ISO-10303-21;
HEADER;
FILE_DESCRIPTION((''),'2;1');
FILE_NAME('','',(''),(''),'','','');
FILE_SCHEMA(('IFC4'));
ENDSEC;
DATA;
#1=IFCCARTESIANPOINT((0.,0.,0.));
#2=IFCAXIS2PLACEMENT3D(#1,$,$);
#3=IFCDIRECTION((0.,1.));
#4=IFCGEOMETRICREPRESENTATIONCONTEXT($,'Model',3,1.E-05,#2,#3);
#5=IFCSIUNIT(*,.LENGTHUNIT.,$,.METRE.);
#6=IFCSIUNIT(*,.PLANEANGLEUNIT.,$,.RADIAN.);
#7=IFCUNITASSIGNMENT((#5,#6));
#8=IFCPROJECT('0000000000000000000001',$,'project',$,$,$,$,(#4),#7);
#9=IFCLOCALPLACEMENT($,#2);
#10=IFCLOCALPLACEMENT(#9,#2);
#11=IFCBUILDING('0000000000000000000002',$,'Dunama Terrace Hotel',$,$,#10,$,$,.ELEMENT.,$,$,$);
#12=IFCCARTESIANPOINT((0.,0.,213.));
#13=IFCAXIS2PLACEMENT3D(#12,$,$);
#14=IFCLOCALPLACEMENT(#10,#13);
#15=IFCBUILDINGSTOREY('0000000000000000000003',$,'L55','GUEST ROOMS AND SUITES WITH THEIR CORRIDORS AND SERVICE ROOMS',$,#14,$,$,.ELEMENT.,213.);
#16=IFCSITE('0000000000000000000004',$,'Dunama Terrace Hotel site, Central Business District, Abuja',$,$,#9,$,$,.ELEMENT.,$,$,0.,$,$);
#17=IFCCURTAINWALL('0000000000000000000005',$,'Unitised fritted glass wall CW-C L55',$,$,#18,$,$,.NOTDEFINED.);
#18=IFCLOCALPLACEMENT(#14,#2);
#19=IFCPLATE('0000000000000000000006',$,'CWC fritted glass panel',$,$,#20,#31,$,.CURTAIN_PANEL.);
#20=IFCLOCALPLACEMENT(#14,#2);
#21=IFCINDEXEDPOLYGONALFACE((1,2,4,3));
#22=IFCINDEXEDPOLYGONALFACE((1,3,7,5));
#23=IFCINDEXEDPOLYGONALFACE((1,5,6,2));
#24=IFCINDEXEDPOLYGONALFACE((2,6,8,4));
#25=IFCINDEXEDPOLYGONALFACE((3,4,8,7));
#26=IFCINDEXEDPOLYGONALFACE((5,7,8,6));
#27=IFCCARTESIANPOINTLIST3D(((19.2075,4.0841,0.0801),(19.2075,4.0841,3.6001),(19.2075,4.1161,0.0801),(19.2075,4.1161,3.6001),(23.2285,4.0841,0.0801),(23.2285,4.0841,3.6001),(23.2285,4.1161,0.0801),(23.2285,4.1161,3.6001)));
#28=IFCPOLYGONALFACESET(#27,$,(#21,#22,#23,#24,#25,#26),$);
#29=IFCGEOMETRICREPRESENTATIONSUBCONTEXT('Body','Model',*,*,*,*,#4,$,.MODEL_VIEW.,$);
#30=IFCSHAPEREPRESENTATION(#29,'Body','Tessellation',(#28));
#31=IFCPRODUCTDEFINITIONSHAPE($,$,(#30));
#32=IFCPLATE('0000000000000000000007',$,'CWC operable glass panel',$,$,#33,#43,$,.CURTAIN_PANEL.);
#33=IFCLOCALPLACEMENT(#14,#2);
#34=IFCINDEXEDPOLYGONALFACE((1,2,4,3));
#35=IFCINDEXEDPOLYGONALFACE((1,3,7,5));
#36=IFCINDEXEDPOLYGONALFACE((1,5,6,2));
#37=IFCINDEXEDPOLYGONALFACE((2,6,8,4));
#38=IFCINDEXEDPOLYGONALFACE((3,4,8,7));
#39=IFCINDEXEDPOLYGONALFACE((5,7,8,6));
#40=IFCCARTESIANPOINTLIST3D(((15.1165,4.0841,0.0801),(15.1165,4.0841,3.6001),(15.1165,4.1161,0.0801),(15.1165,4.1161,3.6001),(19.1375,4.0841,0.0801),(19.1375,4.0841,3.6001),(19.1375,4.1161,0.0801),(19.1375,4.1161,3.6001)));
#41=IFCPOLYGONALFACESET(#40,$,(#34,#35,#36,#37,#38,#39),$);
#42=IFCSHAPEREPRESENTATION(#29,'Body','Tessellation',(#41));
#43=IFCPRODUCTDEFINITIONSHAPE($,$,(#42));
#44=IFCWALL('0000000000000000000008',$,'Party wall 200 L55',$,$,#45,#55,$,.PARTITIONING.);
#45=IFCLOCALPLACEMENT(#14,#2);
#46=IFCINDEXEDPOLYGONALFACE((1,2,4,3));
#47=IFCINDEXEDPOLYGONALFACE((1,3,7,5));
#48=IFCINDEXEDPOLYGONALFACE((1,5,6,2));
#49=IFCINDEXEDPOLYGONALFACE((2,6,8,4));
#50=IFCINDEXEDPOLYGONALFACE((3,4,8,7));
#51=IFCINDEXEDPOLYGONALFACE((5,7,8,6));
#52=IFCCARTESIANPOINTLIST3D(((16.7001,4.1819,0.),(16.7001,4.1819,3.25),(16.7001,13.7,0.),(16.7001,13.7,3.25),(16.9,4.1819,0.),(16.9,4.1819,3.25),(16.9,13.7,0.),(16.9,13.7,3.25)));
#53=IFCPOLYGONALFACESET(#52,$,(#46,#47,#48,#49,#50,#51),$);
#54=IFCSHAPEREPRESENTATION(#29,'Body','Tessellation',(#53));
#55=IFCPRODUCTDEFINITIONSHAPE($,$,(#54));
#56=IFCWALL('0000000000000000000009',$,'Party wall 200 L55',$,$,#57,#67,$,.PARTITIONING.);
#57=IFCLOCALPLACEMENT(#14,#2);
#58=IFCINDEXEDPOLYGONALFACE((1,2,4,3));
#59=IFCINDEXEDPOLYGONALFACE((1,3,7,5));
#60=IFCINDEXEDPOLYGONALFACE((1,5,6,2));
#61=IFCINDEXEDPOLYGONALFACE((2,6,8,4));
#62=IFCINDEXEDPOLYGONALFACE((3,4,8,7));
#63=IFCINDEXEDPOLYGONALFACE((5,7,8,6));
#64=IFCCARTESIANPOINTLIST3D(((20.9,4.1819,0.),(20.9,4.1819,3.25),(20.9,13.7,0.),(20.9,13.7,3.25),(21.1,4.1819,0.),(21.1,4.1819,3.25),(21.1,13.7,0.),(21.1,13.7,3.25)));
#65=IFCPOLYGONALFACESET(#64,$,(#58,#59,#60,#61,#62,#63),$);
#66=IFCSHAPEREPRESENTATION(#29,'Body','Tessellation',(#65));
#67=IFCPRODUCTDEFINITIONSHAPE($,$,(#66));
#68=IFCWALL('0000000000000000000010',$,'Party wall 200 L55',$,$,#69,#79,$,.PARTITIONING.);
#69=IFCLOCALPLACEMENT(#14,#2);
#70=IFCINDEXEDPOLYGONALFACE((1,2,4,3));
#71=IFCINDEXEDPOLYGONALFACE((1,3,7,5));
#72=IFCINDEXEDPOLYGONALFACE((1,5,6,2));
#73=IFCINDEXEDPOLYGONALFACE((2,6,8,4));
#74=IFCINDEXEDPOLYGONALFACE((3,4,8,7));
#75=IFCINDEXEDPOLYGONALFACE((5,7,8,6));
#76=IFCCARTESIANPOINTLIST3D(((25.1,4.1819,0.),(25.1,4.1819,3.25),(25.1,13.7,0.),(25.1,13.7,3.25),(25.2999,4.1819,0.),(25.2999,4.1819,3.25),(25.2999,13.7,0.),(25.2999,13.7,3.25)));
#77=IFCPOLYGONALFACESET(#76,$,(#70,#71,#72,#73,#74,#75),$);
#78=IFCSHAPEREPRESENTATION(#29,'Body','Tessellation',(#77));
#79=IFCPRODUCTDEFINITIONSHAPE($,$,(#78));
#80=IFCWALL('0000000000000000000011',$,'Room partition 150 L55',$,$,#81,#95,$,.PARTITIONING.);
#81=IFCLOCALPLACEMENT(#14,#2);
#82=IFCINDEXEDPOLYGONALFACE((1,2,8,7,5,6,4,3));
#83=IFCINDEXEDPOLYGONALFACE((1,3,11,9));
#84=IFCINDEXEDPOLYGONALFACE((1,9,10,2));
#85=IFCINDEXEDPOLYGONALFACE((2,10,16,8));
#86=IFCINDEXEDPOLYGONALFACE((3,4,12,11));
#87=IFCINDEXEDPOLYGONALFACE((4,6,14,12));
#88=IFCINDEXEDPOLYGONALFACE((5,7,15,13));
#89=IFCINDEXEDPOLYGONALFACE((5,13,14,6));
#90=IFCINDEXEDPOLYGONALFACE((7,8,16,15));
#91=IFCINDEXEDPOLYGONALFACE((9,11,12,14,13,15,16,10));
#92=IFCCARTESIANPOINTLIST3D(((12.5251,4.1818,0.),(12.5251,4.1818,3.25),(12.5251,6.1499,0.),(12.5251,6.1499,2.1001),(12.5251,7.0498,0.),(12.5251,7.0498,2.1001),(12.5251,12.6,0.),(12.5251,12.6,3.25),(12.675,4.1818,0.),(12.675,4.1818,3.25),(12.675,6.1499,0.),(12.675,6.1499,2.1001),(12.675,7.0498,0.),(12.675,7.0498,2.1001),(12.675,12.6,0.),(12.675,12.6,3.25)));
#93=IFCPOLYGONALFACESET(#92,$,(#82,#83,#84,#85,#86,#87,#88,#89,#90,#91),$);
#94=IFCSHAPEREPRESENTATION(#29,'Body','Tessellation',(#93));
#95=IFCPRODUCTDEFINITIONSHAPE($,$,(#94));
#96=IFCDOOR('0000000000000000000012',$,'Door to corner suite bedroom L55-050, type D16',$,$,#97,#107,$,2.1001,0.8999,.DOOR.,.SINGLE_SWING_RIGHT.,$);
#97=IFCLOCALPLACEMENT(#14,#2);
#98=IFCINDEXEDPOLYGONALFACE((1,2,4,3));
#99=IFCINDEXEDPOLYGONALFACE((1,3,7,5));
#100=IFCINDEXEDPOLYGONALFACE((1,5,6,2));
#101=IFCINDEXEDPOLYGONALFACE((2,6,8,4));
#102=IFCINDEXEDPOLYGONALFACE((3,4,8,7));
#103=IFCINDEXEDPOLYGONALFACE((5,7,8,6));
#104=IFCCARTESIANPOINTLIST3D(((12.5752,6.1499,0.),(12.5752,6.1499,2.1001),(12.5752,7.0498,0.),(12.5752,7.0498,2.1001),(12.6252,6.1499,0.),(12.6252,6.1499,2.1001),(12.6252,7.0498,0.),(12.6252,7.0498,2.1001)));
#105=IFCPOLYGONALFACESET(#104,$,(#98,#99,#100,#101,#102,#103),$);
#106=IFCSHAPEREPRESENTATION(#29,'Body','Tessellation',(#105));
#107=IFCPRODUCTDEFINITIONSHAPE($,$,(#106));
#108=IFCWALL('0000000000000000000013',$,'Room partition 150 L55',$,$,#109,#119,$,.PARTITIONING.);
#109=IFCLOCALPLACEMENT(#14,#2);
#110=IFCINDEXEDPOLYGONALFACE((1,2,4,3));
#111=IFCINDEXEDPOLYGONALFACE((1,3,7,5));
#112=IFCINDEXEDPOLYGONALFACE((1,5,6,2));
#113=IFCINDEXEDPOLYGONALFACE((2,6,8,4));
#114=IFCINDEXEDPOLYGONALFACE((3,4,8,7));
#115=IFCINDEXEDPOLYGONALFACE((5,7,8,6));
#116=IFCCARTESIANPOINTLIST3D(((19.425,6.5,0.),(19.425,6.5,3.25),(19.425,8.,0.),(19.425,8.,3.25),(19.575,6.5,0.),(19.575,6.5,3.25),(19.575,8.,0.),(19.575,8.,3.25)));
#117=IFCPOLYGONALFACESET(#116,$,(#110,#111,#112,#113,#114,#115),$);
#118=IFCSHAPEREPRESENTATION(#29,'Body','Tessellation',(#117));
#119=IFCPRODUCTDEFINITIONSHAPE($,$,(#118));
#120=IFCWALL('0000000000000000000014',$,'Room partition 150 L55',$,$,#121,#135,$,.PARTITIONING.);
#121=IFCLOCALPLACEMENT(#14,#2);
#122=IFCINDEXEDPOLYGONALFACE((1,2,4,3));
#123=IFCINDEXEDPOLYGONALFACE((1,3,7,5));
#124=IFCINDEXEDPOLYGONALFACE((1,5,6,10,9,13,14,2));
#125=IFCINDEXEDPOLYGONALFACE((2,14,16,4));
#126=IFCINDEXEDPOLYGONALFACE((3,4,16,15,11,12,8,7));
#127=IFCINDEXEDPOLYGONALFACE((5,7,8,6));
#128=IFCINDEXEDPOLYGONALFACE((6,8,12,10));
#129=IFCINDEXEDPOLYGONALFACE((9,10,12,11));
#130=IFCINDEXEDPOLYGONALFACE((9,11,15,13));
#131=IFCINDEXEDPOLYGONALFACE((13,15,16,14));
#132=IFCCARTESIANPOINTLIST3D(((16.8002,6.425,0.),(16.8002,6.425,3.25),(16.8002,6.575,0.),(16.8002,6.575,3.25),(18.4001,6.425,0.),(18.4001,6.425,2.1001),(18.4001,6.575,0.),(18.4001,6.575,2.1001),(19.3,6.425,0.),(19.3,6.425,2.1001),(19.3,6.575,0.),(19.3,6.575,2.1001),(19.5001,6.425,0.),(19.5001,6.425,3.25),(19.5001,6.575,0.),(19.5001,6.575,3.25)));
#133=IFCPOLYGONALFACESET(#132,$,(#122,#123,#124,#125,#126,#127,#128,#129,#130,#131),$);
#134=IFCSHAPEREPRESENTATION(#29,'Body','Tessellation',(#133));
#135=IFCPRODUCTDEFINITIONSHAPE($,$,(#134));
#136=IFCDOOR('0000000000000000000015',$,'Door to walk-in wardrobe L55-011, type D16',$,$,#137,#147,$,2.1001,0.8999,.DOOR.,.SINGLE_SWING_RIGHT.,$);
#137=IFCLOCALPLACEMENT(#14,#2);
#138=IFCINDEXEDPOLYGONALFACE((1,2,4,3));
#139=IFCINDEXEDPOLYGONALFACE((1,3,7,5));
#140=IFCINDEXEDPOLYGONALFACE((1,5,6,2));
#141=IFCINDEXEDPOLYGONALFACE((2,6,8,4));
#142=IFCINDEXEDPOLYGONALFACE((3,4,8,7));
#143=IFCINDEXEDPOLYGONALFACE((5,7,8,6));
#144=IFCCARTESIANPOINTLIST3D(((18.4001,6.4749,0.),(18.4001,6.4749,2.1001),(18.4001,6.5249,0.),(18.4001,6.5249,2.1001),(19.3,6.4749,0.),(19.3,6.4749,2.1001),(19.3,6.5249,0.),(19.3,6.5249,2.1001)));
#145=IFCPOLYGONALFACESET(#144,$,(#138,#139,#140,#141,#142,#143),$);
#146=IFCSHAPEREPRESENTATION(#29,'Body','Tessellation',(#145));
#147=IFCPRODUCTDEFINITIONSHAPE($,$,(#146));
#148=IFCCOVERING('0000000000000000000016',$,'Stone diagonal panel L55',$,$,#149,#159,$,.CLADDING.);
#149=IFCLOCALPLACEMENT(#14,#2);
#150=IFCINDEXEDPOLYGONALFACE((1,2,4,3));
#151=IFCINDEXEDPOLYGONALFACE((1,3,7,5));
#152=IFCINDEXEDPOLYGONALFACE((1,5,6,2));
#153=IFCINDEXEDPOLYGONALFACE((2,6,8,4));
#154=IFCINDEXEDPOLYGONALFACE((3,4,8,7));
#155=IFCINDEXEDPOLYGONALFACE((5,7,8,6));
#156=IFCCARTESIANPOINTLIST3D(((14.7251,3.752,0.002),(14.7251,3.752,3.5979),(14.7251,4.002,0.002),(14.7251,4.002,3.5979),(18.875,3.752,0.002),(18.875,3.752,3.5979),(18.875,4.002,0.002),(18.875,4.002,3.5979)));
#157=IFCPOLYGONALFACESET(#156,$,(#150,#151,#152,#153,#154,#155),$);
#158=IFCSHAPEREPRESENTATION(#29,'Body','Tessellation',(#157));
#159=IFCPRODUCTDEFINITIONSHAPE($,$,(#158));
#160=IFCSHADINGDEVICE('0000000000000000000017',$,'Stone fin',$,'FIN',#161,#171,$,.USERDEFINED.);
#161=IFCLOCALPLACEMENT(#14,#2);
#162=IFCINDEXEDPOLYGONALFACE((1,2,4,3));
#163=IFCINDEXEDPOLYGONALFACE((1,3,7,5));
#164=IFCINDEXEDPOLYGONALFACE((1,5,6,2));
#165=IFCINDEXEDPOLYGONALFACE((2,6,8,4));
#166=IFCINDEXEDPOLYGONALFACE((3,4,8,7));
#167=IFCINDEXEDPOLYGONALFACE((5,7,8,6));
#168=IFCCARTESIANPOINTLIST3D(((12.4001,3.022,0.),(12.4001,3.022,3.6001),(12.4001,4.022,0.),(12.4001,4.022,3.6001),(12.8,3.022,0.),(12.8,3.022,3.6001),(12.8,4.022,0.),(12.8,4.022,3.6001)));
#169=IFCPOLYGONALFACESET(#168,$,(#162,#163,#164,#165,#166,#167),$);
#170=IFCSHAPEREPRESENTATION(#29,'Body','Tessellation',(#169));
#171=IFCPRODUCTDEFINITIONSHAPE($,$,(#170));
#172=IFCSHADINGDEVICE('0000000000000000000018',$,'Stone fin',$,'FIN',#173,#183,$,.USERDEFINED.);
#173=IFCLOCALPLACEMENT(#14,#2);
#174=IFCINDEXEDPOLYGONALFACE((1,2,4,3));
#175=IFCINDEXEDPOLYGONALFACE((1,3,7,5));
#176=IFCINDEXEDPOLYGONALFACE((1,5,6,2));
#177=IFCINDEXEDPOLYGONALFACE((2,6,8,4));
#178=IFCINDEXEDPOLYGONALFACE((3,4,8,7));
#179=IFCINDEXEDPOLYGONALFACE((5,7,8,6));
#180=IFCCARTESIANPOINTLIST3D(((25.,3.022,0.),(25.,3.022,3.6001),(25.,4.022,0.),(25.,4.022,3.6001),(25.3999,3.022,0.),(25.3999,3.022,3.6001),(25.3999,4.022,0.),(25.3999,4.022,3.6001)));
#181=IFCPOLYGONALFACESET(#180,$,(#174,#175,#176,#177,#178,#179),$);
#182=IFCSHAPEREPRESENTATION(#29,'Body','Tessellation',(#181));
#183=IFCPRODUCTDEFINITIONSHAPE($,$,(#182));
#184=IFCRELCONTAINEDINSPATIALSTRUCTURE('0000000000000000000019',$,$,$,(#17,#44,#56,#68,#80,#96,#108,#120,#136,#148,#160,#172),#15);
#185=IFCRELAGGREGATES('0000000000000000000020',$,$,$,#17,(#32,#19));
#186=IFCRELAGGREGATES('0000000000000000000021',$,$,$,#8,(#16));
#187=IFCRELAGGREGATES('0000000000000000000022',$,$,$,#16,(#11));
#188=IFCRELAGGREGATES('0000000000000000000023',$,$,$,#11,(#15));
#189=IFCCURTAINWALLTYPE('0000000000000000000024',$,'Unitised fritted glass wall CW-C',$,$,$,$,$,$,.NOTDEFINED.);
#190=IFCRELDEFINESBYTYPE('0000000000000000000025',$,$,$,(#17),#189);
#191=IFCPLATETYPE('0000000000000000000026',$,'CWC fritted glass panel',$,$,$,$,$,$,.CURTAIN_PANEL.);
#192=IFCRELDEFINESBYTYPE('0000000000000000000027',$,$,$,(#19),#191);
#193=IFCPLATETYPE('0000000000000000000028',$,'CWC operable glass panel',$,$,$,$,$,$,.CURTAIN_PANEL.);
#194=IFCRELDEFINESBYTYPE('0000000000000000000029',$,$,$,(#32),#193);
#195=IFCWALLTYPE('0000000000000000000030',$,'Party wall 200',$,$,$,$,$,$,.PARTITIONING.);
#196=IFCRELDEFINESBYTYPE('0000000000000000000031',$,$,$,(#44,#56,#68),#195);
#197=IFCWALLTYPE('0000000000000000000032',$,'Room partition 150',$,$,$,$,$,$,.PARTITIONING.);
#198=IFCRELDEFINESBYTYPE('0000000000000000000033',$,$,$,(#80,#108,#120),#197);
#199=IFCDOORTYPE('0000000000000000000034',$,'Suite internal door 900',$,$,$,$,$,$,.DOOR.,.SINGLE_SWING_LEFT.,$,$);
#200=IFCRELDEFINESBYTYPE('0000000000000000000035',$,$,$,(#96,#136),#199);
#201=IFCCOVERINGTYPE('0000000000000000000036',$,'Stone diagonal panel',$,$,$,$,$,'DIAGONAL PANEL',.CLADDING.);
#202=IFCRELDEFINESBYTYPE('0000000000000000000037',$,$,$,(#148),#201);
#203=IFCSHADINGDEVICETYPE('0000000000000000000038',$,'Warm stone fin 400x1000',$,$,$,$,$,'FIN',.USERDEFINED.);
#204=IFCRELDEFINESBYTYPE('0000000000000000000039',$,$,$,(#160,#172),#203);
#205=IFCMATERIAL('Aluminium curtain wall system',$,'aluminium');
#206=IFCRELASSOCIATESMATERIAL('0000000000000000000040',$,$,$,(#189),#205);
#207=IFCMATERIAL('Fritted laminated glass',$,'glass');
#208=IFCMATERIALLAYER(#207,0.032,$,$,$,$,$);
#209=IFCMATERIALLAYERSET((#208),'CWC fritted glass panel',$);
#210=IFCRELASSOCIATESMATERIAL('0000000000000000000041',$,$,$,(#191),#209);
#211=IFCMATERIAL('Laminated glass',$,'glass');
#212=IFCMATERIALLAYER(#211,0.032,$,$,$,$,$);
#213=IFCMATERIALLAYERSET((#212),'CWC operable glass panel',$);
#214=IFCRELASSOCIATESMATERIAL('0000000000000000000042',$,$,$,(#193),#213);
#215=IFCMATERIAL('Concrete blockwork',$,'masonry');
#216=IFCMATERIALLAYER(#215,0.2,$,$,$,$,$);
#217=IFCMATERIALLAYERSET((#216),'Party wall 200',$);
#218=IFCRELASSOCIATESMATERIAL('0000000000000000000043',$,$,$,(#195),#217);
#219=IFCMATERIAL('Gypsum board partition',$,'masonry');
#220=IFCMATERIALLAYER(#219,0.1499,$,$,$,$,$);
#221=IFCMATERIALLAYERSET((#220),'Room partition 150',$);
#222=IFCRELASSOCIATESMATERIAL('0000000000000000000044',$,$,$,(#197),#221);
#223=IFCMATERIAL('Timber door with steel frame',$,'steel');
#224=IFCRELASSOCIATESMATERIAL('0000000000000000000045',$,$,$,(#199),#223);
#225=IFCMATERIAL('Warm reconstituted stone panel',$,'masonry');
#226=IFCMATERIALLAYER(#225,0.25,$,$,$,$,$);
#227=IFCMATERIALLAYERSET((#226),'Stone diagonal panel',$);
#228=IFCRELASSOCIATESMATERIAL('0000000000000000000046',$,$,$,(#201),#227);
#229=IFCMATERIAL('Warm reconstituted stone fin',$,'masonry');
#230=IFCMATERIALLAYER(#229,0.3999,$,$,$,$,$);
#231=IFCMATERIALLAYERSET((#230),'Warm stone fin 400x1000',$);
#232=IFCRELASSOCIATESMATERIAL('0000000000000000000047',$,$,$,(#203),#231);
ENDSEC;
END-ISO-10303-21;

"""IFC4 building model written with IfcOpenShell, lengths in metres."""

from ifc_helpers import new_model, si_unit, direction, frame, frame_2d, origin, origin_2d, place, context, subcontext, project, spatial, rectangle, extrude, material, layer, layer_set, type_object, element, fill, aggregate, save


model = new_model("IFC4")

# Units and contexts
model_context = context("Model", 3, precision=1e-05, world=origin(), true_north=direction((0.0, 1.0)))
body_context = subcontext(model_context, "Body", "Model", "MODEL_VIEW")
ifc_project = project(units=[si_unit("LENGTHUNIT", "METRE"), si_unit("PLANEANGLEUNIT", "RADIAN")], contexts=[model_context])

# Site, building, storey
site_placement = place(None, origin())
site = spatial("IfcSite", under=ifc_project, at=site_placement, Name="Dunama Terrace Hotel site, Central Business District, Abuja", CompositionType="ELEMENT", RefElevation=0.0)
building_placement = place(site_placement, origin())
building = spatial("IfcBuilding", under=site, at=building_placement, Name="Dunama Terrace Hotel", CompositionType="ELEMENT")
storey_placement = place(building_placement, frame((0.0, 0.0, 213.0)))
storey = spatial("IfcBuildingStorey", under=building, at=storey_placement, Name="L55", Description="GUEST ROOMS AND SUITES WITH THEIR CORRIDORS AND SERVICE ROOMS", CompositionType="ELEMENT", Elevation=213.0)

# Curtain wall
ifc_material_1 = material(Name="Aluminium curtain wall system", Category="aluminium")
curtain_wall_type = type_object("IfcCurtainWallType", Name="Unitised fritted glass wall CW-C", PredefinedType="NOTDEFINED", material=ifc_material_1)
curtain_wall_placement = place(storey_placement, origin())
curtain_wall = element("IfcCurtainWall", 1, at=curtain_wall_placement, inside=storey, type_object=curtain_wall_type, Name="Unitised fritted glass wall CW-C L55", PredefinedType="NOTDEFINED")

# Plates
ifc_material_2 = material(Name="Fritted laminated glass", Category="glass")
ifc_layer_1 = layer(ifc_material_2, 0.032)
ifc_layer_set_1 = layer_set([ifc_layer_1], Name="CWC fritted glass panel")
plate_type_1 = type_object("IfcPlateType", Name="CWC fritted glass panel", PredefinedType="CURTAIN_PANEL", material=ifc_layer_set_1)
plate_1_placement = place(storey_placement, frame((21.218, 4.1001, 0.0801), z_axis=(0.0, 0.0, 1.0), x_axis=(1.0, 0.0, 0.0)))
plate_1 = element("IfcPlate", 2, at=plate_1_placement, type_object=plate_type_1, Name="CWC fritted glass panel", PredefinedType="CURTAIN_PANEL", context=body_context, shape_type="SweptSolid", body=[
    extrude(rectangle(XDim=4.021, YDim=0.032, at=origin_2d()), origin(), (0.0, 0.0, 1.0), 3.52),
])
ifc_material_3 = material(Name="Laminated glass", Category="glass")
ifc_layer_2 = layer(ifc_material_3, 0.032)
ifc_layer_set_2 = layer_set([ifc_layer_2], Name="CWC operable glass panel")
plate_type_2 = type_object("IfcPlateType", Name="CWC operable glass panel", PredefinedType="CURTAIN_PANEL", material=ifc_layer_set_2)
plate_2_placement = place(storey_placement, frame((17.127, 4.1001, 0.0801), z_axis=(0.0, 0.0, 1.0), x_axis=(1.0, 0.0, 0.0)))
plate_2 = element("IfcPlate", 3, at=plate_2_placement, type_object=plate_type_2, Name="CWC operable glass panel", PredefinedType="CURTAIN_PANEL", context=body_context, shape_type="SweptSolid", body=[
    extrude(rectangle(XDim=4.021, YDim=0.032, at=origin_2d()), origin(), (0.0, 0.0, 1.0), 3.52),
])
aggregate(curtain_wall, [plate_2, plate_1])

# Walls
ifc_material_4 = material(Name="Concrete blockwork", Category="masonry")
ifc_layer_3 = layer(ifc_material_4, 0.2)
ifc_layer_set_3 = layer_set([ifc_layer_3], Name="Party wall 200")
wall_type_1 = type_object("IfcWallType", Name="Party wall 200", PredefinedType="PARTITIONING", material=ifc_layer_set_3)
for number, where, z_axis, x_axis, name in (
    (4, (16.8, 4.1819, 0.0), (0.0, 0.0, 1.0), (0.0, 1.0, 0.0), "Party wall 200 L55"),
    (5, (21.0, 4.1819, 0.0), (0.0, 0.0, 1.0), (0.0, 1.0, 0.0), "Party wall 200 L55"),
    (6, (25.2, 4.1819, 0.0), (0.0, 0.0, 1.0), (0.0, 1.0, 0.0), "Party wall 200 L55"),
):
    element("IfcWall", number, at=place(storey_placement, frame(where, z_axis=z_axis, x_axis=x_axis)), inside=storey, type_object=wall_type_1, Name=name, PredefinedType="PARTITIONING", context=body_context, shape_type="SweptSolid", body=[
        extrude(rectangle(XDim=9.5181, YDim=0.2, at=frame_2d((4.759, 0.0))), origin(), (0.0, 0.0, 1.0), 3.25),
    ])

# Wall, opening, door
ifc_material_5 = material(Name="Gypsum board partition", Category="masonry")
ifc_layer_4 = layer(ifc_material_5, 0.1499)
ifc_layer_set_4 = layer_set([ifc_layer_4], Name="Room partition 150")
wall_type_2 = type_object("IfcWallType", Name="Room partition 150", PredefinedType="PARTITIONING", material=ifc_layer_set_4)
wall_1_placement = place(storey_placement, frame((12.6001, 4.1819, 0.0), z_axis=(0.0, 0.0, 1.0), x_axis=(0.0, 1.0, 0.0)))
wall_1 = element("IfcWall", 7, at=wall_1_placement, inside=storey, type_object=wall_type_2, Name="Room partition 150 L55", PredefinedType="PARTITIONING", context=body_context, shape_type="SweptSolid", body=[
    extrude(rectangle(XDim=8.4182, YDim=0.1499, at=frame_2d((4.209, 0.0))), origin(), (0.0, 0.0, 1.0), 3.25),
])
opening_1_placement = place(wall_1_placement, frame((1.968, 0.0, 0.0)))
opening_1 = element("IfcOpeningElement", 8, at=opening_1_placement, cuts=wall_1, PredefinedType="OPENING", context=body_context, shape_type="SweptSolid", body=[
    extrude(rectangle(XDim=0.8999, YDim=2.1001, at=frame_2d((0.45, 1.05))), frame((0.0, 0.085, 0.0), z_axis=(0.0, -1.0, 0.0), x_axis=(1.0, 0.0, 0.0)), (0.0, 0.0, 1.0), 0.1699),
])
ifc_material_6 = material(Name="Timber door with steel frame", Category="steel")
door_type = type_object("IfcDoorType", Name="Suite internal door 900", OperationType="SINGLE_SWING_LEFT", PredefinedType="DOOR", material=ifc_material_6)
door_1_placement = place(opening_1_placement, origin())
door_1 = element("IfcDoor", 9, at=door_1_placement, inside=storey, type_object=door_type, Name="Door to corner suite bedroom L55-050, type D16", OperationType="SINGLE_SWING_RIGHT", OverallHeight=2.1001, OverallWidth=0.8999, PredefinedType="DOOR", context=body_context, shape_type="SweptSolid", body=[
    extrude(rectangle(XDim=0.8999, YDim=2.1001, at=frame_2d((0.45, 1.05))), frame((0.0, 0.0249, 0.0), z_axis=(0.0, -1.0, 0.0), x_axis=(1.0, 0.0, 0.0)), (0.0, 0.0, 1.0), 0.05),
])
fill(opening_1, door_1)

# Wall
wall_2_placement = place(storey_placement, frame((19.5, 6.5, 0.0), z_axis=(0.0, 0.0, 1.0), x_axis=(0.0, 1.0, 0.0)))
element("IfcWall", 10, at=wall_2_placement, inside=storey, type_object=wall_type_2, Name="Room partition 150 L55", PredefinedType="PARTITIONING", context=body_context, shape_type="SweptSolid", body=[
    extrude(rectangle(XDim=1.5, YDim=0.1499, at=frame_2d((0.75, 0.0))), origin(), (0.0, 0.0, 1.0), 3.25),
])

# Wall, opening, door
wall_3_placement = place(storey_placement, frame((16.8, 6.5, 0.0), z_axis=(0.0, 0.0, 1.0), x_axis=(1.0, 0.0, 0.0)))
wall_3 = element("IfcWall", 11, at=wall_3_placement, inside=storey, type_object=wall_type_2, Name="Room partition 150 L55", PredefinedType="PARTITIONING", context=body_context, shape_type="SweptSolid", body=[
    extrude(rectangle(XDim=2.7, YDim=0.1499, at=frame_2d((1.3501, 0.0))), origin(), (0.0, 0.0, 1.0), 3.25),
])
opening_2_placement = place(wall_3_placement, frame((1.6001, 0.0, 0.0)))
opening_2 = element("IfcOpeningElement", 12, at=opening_2_placement, cuts=wall_3, PredefinedType="OPENING", context=body_context, shape_type="SweptSolid", body=[
    extrude(rectangle(XDim=0.8999, YDim=2.1001, at=frame_2d((0.45, 1.05))), frame((0.0, 0.085, 0.0), z_axis=(0.0, -1.0, 0.0), x_axis=(1.0, 0.0, 0.0)), (0.0, 0.0, 1.0), 0.1699),
])
door_2_placement = place(opening_2_placement, origin())
door_2 = element("IfcDoor", 13, at=door_2_placement, inside=storey, type_object=door_type, Name="Door to walk-in wardrobe L55-011, type D16", OperationType="SINGLE_SWING_RIGHT", OverallHeight=2.1001, OverallWidth=0.8999, PredefinedType="DOOR", context=body_context, shape_type="SweptSolid", body=[
    extrude(rectangle(XDim=0.8999, YDim=2.1001, at=frame_2d((0.45, 1.05))), frame((0.0, 0.0249, 0.0), z_axis=(0.0, -1.0, 0.0), x_axis=(1.0, 0.0, 0.0)), (0.0, 0.0, 1.0), 0.05),
])
fill(opening_2, door_2)

# Covering
ifc_material_7 = material(Name="Warm reconstituted stone panel", Category="masonry")
ifc_layer_5 = layer(ifc_material_7, 0.25)
ifc_layer_set_5 = layer_set([ifc_layer_5], Name="Stone diagonal panel")
covering_type = type_object("IfcCoveringType", Name="Stone diagonal panel", ElementType="DIAGONAL PANEL", PredefinedType="CLADDING", material=ifc_layer_set_5)
covering_placement = place(storey_placement, frame((16.8, 3.877, 0.002), z_axis=(0.0, 0.0, 1.0), x_axis=(1.0, 0.0, 0.0)))
element("IfcCovering", 14, at=covering_placement, inside=storey, type_object=covering_type, Name="Stone diagonal panel L55", PredefinedType="CLADDING", context=body_context, shape_type="SweptSolid", body=[
    extrude(rectangle(XDim=4.1499, YDim=0.25, at=origin_2d()), origin(), (0.0, 0.0, 1.0), 3.5959),
])

# Shading devices
ifc_material_8 = material(Name="Warm reconstituted stone fin", Category="masonry")
ifc_layer_6 = layer(ifc_material_8, 0.3999)
ifc_layer_set_6 = layer_set([ifc_layer_6], Name="Warm stone fin 400x1000")
shading_device_type = type_object("IfcShadingDeviceType", Name="Warm stone fin 400x1000", ElementType="FIN", PredefinedType="USERDEFINED", material=ifc_layer_set_6)
for number, where, z_axis, x_axis, name in (
    (15, (12.6001, 3.522, 0.0), (0.0, 0.0, 1.0), (1.0, 0.0, 0.0), "Stone fin"),
    (16, (25.2, 3.522, 0.0), (0.0, 0.0, 1.0), (1.0, 0.0, 0.0), "Stone fin"),
):
    element("IfcShadingDevice", number, at=place(storey_placement, frame(where, z_axis=z_axis, x_axis=x_axis)), inside=storey, type_object=shading_device_type, Name=name, ObjectType="FIN", PredefinedType="USERDEFINED", context=body_context, shape_type="SweptSolid", body=[
        extrude(rectangle(XDim=0.3999, YDim=1.0, at=origin_2d()), origin(), (0.0, 0.0, 1.0), 3.6001),
    ])

save(model, "model.ifc")
